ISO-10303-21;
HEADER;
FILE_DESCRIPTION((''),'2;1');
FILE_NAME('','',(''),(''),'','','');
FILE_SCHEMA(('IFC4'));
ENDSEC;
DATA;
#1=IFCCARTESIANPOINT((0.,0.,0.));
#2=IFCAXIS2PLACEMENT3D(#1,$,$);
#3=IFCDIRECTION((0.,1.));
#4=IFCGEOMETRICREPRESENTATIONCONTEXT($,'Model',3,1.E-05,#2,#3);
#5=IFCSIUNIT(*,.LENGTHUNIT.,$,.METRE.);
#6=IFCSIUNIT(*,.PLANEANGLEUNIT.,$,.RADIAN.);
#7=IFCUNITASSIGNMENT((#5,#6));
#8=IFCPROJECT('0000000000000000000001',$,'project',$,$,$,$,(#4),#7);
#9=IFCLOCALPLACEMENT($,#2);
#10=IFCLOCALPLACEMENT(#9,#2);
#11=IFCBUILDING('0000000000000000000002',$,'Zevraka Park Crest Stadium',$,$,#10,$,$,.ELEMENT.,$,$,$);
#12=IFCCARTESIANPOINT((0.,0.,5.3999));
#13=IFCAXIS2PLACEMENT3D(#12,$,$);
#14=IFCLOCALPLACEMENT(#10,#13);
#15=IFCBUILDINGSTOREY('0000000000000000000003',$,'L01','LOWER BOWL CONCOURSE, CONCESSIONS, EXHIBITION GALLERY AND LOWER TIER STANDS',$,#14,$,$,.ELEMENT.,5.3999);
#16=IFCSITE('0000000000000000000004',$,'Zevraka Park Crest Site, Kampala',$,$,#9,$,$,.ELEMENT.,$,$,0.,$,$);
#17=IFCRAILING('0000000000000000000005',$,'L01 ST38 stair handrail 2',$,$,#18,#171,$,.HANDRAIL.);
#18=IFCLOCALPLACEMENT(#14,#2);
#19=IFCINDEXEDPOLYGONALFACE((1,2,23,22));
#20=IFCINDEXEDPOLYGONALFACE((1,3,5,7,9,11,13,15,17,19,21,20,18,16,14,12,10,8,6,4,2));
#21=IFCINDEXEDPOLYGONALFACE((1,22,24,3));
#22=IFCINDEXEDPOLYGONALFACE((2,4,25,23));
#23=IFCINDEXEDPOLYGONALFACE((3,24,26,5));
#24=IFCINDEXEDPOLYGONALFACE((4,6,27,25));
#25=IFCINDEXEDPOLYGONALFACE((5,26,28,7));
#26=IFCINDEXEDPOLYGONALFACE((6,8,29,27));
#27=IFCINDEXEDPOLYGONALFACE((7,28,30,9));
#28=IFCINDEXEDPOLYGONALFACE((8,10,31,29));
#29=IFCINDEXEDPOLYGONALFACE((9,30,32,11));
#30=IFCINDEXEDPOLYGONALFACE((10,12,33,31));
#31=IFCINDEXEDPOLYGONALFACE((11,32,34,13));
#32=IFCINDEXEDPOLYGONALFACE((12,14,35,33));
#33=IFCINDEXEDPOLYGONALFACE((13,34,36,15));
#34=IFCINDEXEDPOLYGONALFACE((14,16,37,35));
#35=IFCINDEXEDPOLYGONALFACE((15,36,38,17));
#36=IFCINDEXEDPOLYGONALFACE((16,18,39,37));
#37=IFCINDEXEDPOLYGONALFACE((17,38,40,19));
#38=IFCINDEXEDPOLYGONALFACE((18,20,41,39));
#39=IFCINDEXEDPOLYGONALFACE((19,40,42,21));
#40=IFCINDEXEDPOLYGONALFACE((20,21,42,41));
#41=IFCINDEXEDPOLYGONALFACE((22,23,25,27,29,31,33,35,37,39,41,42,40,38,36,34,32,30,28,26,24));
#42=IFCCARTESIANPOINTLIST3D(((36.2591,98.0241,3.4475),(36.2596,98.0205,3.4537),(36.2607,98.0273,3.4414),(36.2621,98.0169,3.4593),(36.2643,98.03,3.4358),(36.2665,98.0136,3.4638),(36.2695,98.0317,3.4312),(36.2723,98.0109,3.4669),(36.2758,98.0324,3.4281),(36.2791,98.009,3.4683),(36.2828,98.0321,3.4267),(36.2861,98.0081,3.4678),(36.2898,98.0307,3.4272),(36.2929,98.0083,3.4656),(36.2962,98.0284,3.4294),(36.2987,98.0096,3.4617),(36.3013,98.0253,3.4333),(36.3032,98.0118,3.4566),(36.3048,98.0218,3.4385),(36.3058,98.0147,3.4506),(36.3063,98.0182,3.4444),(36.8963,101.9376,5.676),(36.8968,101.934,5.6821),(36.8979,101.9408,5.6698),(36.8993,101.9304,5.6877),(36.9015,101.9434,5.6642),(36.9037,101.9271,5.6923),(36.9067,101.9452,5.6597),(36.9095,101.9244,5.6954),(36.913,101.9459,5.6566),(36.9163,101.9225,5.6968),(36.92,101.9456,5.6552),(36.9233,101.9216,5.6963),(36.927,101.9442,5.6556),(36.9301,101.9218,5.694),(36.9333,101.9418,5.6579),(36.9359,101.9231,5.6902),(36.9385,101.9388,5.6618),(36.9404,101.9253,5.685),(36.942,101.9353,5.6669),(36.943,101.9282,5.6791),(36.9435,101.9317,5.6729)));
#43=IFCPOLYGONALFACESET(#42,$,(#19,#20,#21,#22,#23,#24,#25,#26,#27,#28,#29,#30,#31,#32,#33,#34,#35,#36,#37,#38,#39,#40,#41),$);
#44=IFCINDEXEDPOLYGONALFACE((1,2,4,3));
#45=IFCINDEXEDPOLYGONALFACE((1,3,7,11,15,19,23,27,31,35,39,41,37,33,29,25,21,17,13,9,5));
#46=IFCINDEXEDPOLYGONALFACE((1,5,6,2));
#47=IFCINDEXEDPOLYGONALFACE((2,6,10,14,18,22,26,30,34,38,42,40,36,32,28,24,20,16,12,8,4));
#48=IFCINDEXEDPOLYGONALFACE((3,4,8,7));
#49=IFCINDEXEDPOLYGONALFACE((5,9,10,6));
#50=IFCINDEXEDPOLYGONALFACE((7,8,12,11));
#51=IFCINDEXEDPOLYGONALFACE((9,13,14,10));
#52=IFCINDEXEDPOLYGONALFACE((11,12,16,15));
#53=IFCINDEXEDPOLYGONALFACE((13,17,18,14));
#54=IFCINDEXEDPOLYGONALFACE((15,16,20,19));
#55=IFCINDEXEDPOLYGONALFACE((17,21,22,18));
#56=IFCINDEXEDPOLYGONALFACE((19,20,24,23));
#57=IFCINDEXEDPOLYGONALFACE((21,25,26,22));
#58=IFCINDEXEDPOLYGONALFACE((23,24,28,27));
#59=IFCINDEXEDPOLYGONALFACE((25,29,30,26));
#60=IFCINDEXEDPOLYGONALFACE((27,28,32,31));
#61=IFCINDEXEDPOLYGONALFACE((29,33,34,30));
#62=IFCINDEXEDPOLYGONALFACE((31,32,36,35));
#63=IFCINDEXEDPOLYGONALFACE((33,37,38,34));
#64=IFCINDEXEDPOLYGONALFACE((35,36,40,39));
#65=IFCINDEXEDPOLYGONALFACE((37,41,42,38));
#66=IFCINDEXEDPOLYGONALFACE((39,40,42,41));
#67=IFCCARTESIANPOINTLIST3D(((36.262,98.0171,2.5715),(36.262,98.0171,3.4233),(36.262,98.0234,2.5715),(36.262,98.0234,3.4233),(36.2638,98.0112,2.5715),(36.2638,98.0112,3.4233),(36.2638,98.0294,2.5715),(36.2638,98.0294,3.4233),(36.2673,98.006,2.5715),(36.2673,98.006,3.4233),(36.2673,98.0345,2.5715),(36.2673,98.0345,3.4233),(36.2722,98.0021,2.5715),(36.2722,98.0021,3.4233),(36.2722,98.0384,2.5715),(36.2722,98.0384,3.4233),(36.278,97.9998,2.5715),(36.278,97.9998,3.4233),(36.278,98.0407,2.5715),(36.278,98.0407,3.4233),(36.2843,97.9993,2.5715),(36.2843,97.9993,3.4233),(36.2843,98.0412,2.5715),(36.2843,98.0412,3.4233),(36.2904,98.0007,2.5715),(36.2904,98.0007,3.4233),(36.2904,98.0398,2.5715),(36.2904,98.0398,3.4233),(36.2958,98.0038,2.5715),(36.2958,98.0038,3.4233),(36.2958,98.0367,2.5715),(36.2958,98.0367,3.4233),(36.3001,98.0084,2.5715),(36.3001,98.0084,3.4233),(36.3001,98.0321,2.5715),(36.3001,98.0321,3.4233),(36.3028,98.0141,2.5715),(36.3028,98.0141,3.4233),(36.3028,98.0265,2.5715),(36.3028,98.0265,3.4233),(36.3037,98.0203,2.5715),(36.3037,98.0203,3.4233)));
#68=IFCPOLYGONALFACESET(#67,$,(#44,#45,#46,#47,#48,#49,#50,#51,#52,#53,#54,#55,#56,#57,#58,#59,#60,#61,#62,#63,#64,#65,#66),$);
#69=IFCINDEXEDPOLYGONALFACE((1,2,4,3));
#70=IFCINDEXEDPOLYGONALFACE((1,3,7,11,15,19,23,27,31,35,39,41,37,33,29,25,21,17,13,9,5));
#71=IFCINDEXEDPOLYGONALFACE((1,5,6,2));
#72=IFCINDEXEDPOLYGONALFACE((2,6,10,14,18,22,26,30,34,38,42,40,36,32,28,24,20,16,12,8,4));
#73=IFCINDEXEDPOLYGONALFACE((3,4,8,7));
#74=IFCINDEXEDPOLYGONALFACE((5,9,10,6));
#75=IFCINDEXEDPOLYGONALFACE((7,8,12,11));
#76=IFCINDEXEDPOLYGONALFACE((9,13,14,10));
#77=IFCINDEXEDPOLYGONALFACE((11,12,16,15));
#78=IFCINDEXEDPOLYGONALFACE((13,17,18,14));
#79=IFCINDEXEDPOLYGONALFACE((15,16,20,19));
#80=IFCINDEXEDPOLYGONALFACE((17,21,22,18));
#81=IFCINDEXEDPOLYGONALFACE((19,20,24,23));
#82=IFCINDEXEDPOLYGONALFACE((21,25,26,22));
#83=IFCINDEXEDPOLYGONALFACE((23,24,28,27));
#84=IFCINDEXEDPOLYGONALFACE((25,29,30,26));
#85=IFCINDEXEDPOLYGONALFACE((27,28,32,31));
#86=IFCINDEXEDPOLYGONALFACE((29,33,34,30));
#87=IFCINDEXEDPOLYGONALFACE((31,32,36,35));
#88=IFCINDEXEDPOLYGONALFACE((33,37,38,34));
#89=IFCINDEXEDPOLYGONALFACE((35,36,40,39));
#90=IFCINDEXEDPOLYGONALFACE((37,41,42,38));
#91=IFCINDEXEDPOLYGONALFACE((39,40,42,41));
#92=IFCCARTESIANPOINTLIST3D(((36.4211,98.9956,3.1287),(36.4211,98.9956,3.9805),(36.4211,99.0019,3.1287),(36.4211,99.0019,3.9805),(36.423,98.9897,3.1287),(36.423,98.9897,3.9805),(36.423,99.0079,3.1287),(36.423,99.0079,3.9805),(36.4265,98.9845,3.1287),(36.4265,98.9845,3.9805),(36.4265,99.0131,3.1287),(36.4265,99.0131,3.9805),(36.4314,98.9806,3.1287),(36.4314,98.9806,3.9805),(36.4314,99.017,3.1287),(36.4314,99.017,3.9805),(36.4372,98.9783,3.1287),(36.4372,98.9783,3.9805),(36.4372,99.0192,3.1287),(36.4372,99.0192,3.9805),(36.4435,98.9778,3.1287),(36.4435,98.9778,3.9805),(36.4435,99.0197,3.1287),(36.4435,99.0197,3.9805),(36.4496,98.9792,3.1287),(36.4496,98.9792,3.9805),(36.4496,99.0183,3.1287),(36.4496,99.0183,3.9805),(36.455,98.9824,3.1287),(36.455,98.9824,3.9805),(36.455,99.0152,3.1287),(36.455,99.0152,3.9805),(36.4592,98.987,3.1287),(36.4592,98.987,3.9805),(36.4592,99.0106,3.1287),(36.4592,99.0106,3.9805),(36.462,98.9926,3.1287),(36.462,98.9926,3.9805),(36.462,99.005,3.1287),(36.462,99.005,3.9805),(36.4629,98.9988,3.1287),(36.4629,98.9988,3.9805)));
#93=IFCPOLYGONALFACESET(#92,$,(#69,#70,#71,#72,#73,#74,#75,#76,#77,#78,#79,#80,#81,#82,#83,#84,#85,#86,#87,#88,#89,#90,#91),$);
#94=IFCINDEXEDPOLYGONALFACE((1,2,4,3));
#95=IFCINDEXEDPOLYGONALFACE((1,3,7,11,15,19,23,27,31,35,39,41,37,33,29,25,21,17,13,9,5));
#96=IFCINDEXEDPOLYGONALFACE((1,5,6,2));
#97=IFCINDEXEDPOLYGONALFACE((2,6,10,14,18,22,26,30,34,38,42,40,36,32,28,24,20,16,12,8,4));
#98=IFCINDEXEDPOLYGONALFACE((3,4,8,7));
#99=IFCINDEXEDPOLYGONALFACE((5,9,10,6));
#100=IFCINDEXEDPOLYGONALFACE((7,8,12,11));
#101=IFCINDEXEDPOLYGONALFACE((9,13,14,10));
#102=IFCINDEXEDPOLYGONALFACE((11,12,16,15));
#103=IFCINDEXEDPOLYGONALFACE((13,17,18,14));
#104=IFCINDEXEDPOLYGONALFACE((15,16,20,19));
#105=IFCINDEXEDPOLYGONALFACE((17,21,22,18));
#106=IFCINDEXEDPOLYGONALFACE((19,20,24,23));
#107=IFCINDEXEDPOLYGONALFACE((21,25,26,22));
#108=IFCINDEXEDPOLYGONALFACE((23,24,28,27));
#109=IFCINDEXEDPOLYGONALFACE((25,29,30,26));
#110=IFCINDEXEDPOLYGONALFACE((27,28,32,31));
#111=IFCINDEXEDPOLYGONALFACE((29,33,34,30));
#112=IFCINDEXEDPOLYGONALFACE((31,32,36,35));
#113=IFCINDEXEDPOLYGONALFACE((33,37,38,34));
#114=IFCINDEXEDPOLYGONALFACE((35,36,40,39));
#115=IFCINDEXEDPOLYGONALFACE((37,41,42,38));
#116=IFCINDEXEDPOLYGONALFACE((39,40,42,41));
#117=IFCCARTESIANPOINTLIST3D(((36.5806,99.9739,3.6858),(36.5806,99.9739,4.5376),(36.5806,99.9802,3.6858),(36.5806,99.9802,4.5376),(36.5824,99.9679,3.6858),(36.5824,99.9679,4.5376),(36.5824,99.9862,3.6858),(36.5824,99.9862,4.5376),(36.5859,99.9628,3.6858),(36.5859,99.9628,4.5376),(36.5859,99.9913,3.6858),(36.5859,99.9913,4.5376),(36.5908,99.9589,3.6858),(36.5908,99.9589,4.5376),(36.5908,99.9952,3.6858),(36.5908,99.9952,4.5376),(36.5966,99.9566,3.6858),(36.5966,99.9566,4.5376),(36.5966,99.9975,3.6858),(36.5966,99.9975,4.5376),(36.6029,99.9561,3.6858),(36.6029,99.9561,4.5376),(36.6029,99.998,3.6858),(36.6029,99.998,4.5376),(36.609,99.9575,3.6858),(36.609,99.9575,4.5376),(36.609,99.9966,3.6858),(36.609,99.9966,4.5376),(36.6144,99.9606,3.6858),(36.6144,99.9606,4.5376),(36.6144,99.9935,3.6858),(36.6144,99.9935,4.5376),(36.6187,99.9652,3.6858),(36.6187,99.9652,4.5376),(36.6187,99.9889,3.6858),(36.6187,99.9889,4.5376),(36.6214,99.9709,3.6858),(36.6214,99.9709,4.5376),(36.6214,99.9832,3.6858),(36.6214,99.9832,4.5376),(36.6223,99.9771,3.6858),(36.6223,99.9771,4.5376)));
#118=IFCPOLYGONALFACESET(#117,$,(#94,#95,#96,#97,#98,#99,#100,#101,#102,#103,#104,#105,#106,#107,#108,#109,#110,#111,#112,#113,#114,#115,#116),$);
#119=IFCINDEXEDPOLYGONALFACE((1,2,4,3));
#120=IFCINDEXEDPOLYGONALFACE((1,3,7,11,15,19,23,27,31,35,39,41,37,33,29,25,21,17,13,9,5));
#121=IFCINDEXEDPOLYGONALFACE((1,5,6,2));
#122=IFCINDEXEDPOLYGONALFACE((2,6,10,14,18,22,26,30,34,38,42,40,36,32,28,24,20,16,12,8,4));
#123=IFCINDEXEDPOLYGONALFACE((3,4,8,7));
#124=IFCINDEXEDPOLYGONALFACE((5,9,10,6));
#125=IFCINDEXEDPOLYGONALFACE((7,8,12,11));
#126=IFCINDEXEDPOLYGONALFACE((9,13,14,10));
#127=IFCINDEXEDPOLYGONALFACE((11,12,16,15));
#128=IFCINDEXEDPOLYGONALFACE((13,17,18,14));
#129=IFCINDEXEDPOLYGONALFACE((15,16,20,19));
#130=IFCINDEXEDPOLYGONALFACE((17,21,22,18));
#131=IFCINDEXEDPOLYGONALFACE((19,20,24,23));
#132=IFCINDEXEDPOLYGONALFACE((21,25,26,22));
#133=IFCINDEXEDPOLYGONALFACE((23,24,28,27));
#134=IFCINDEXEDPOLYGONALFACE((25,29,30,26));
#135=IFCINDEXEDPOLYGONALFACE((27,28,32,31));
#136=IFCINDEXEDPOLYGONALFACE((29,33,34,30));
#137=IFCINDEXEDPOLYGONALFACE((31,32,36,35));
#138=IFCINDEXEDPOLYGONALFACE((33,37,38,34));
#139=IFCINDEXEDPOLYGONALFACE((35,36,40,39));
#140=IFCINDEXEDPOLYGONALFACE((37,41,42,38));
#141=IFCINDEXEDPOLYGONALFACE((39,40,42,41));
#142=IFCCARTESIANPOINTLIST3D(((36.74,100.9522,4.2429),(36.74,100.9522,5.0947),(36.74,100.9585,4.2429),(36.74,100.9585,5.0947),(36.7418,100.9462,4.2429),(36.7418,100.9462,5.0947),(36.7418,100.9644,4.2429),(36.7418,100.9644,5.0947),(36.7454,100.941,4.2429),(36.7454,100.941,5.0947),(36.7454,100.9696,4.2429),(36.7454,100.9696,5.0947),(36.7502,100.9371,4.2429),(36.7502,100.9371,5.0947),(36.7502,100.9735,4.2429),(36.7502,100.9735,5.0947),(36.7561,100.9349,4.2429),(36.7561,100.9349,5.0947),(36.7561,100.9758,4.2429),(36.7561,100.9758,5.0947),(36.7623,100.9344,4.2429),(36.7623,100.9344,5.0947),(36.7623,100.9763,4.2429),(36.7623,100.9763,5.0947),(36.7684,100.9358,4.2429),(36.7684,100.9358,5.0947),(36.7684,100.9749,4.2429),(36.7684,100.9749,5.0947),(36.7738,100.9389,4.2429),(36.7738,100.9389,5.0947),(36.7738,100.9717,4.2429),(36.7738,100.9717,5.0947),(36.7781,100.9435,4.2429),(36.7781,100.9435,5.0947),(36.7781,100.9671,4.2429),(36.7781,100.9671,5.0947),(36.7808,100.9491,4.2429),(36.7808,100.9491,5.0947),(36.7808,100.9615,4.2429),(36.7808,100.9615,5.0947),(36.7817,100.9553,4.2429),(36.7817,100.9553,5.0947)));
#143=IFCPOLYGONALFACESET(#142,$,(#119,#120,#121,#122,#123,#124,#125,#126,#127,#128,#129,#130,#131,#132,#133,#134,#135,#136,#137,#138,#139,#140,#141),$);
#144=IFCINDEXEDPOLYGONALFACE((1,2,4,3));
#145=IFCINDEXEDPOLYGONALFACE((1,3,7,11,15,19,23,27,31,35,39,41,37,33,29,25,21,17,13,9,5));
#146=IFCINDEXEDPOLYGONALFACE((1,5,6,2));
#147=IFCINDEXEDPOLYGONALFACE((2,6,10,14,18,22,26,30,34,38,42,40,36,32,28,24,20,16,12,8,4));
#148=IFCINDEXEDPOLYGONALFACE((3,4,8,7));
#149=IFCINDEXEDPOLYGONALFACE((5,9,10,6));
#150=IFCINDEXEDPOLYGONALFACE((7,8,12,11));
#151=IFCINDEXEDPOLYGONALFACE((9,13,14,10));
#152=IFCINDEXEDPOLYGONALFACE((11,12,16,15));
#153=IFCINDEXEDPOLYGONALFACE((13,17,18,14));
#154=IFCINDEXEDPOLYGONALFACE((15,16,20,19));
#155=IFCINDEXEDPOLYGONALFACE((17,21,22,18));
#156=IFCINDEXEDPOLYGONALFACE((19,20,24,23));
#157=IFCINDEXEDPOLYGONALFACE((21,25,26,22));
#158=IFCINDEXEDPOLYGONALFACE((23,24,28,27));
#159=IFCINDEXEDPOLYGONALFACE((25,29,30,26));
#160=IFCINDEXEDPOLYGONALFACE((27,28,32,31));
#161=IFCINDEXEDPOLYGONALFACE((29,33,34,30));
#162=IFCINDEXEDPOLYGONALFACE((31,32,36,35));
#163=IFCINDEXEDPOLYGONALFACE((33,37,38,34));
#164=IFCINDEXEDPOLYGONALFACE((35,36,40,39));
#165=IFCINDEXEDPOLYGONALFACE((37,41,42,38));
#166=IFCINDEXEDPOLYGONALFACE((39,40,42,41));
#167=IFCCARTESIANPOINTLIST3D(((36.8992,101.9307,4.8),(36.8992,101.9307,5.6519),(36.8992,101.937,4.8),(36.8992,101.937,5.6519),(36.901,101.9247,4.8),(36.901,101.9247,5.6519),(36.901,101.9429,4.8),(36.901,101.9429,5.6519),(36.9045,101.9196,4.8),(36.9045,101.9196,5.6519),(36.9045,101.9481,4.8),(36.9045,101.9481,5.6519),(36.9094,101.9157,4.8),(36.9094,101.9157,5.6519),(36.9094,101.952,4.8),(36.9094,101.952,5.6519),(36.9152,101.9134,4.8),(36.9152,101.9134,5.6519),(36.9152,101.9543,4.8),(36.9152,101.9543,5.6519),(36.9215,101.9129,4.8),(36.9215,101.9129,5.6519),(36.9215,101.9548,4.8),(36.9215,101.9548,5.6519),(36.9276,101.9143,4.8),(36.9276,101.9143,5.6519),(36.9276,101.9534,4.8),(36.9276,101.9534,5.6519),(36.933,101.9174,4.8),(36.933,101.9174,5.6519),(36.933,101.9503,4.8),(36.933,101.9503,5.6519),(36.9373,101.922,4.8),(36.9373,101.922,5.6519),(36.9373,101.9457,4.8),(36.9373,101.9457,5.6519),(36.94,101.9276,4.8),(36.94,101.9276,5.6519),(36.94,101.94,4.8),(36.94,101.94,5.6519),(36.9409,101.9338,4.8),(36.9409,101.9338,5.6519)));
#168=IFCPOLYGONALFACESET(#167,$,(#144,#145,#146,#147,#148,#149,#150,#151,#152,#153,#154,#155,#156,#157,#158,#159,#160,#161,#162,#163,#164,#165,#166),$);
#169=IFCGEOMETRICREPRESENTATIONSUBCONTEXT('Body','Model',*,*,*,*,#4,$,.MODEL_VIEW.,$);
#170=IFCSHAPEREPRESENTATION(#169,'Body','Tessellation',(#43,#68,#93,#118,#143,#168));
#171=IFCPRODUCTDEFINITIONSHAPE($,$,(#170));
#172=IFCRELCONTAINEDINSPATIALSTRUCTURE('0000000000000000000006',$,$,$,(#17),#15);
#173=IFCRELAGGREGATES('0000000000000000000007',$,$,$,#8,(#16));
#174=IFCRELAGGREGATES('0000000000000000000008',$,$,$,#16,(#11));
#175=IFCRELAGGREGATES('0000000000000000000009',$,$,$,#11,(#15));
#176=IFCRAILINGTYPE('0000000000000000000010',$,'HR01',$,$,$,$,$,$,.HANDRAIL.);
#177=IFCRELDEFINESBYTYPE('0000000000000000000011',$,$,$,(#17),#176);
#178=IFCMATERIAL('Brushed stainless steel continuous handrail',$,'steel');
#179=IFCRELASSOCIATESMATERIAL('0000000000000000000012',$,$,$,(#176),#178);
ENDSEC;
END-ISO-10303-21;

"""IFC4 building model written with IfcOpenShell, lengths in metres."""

from ifc_helpers import new_model, si_unit, direction, frame, origin, origin_2d, place, context, subcontext, project, spatial, circle, extrude, material, type_object, element, save


model = new_model("IFC4")

# Units and contexts
model_context = context("Model", 3, precision=1e-05, world=origin(), true_north=direction((0.0, 1.0)))
body_context = subcontext(model_context, "Body", "Model", "MODEL_VIEW")
ifc_project = project(units=[si_unit("LENGTHUNIT", "METRE"), si_unit("PLANEANGLEUNIT", "RADIAN")], contexts=[model_context])

# Site, building, storey
site_placement = place(None, origin())
site = spatial("IfcSite", under=ifc_project, at=site_placement, Name="Zevraka Park Crest Site, Kampala", CompositionType="ELEMENT", RefElevation=0.0)
building_placement = place(site_placement, origin())
building = spatial("IfcBuilding", under=site, at=building_placement, Name="Zevraka Park Crest Stadium", CompositionType="ELEMENT")
storey_placement = place(building_placement, frame((0.0, 0.0, 5.3999)))
storey = spatial("IfcBuildingStorey", under=building, at=storey_placement, Name="L01", Description="LOWER BOWL CONCOURSE, CONCESSIONS, EXHIBITION GALLERY AND LOWER TIER STANDS", CompositionType="ELEMENT", Elevation=5.3999)

# Railing
ifc_material_1 = material(Name="Brushed stainless steel continuous handrail", Category="steel")
railing_type_1 = type_object("IfcRailingType", Name="HR01", PredefinedType="HANDRAIL", material=ifc_material_1)
railing_1_placement = place(storey_placement, frame((36.2827, 98.0203, 2.5715)))
element("IfcRailing", 1, at=railing_1_placement, inside=storey, type_object=railing_type_1, Name="L01 ST38 stair handrail 2", PredefinedType="HANDRAIL", context=body_context, shape_type="SweptSolid", body=[
    extrude(circle(Radius=0.0239, at=origin_2d()), frame((0.0, 0.0, 0.876), z_axis=(0.140093, 0.86042, 0.489951), x_axis=(-0.987003, 0.160704, 0.0)), (0.0, 0.0, 1.0), 4.5483),
    extrude(circle(Radius=0.021, at=origin_2d()), origin(), (0.0, 0.0, 1.0), 0.8518),
    extrude(circle(Radius=0.021, at=origin_2d()), frame((0.1592, 0.9785, 0.5571)), (0.0, 0.0, 1.0), 0.8518),
    extrude(circle(Radius=0.021, at=origin_2d()), frame((0.3186, 1.9568, 1.1143)), (0.0, 0.0, 1.0), 0.8518),
    extrude(circle(Radius=0.021, at=origin_2d()), frame((0.478, 2.9351, 1.6714)), (0.0, 0.0, 1.0), 0.8518),
    extrude(circle(Radius=0.021, at=origin_2d()), frame((0.6372, 3.9136, 2.2285)), (0.0, 0.0, 1.0), 0.8518),
])

save(model, "model.ifc")
